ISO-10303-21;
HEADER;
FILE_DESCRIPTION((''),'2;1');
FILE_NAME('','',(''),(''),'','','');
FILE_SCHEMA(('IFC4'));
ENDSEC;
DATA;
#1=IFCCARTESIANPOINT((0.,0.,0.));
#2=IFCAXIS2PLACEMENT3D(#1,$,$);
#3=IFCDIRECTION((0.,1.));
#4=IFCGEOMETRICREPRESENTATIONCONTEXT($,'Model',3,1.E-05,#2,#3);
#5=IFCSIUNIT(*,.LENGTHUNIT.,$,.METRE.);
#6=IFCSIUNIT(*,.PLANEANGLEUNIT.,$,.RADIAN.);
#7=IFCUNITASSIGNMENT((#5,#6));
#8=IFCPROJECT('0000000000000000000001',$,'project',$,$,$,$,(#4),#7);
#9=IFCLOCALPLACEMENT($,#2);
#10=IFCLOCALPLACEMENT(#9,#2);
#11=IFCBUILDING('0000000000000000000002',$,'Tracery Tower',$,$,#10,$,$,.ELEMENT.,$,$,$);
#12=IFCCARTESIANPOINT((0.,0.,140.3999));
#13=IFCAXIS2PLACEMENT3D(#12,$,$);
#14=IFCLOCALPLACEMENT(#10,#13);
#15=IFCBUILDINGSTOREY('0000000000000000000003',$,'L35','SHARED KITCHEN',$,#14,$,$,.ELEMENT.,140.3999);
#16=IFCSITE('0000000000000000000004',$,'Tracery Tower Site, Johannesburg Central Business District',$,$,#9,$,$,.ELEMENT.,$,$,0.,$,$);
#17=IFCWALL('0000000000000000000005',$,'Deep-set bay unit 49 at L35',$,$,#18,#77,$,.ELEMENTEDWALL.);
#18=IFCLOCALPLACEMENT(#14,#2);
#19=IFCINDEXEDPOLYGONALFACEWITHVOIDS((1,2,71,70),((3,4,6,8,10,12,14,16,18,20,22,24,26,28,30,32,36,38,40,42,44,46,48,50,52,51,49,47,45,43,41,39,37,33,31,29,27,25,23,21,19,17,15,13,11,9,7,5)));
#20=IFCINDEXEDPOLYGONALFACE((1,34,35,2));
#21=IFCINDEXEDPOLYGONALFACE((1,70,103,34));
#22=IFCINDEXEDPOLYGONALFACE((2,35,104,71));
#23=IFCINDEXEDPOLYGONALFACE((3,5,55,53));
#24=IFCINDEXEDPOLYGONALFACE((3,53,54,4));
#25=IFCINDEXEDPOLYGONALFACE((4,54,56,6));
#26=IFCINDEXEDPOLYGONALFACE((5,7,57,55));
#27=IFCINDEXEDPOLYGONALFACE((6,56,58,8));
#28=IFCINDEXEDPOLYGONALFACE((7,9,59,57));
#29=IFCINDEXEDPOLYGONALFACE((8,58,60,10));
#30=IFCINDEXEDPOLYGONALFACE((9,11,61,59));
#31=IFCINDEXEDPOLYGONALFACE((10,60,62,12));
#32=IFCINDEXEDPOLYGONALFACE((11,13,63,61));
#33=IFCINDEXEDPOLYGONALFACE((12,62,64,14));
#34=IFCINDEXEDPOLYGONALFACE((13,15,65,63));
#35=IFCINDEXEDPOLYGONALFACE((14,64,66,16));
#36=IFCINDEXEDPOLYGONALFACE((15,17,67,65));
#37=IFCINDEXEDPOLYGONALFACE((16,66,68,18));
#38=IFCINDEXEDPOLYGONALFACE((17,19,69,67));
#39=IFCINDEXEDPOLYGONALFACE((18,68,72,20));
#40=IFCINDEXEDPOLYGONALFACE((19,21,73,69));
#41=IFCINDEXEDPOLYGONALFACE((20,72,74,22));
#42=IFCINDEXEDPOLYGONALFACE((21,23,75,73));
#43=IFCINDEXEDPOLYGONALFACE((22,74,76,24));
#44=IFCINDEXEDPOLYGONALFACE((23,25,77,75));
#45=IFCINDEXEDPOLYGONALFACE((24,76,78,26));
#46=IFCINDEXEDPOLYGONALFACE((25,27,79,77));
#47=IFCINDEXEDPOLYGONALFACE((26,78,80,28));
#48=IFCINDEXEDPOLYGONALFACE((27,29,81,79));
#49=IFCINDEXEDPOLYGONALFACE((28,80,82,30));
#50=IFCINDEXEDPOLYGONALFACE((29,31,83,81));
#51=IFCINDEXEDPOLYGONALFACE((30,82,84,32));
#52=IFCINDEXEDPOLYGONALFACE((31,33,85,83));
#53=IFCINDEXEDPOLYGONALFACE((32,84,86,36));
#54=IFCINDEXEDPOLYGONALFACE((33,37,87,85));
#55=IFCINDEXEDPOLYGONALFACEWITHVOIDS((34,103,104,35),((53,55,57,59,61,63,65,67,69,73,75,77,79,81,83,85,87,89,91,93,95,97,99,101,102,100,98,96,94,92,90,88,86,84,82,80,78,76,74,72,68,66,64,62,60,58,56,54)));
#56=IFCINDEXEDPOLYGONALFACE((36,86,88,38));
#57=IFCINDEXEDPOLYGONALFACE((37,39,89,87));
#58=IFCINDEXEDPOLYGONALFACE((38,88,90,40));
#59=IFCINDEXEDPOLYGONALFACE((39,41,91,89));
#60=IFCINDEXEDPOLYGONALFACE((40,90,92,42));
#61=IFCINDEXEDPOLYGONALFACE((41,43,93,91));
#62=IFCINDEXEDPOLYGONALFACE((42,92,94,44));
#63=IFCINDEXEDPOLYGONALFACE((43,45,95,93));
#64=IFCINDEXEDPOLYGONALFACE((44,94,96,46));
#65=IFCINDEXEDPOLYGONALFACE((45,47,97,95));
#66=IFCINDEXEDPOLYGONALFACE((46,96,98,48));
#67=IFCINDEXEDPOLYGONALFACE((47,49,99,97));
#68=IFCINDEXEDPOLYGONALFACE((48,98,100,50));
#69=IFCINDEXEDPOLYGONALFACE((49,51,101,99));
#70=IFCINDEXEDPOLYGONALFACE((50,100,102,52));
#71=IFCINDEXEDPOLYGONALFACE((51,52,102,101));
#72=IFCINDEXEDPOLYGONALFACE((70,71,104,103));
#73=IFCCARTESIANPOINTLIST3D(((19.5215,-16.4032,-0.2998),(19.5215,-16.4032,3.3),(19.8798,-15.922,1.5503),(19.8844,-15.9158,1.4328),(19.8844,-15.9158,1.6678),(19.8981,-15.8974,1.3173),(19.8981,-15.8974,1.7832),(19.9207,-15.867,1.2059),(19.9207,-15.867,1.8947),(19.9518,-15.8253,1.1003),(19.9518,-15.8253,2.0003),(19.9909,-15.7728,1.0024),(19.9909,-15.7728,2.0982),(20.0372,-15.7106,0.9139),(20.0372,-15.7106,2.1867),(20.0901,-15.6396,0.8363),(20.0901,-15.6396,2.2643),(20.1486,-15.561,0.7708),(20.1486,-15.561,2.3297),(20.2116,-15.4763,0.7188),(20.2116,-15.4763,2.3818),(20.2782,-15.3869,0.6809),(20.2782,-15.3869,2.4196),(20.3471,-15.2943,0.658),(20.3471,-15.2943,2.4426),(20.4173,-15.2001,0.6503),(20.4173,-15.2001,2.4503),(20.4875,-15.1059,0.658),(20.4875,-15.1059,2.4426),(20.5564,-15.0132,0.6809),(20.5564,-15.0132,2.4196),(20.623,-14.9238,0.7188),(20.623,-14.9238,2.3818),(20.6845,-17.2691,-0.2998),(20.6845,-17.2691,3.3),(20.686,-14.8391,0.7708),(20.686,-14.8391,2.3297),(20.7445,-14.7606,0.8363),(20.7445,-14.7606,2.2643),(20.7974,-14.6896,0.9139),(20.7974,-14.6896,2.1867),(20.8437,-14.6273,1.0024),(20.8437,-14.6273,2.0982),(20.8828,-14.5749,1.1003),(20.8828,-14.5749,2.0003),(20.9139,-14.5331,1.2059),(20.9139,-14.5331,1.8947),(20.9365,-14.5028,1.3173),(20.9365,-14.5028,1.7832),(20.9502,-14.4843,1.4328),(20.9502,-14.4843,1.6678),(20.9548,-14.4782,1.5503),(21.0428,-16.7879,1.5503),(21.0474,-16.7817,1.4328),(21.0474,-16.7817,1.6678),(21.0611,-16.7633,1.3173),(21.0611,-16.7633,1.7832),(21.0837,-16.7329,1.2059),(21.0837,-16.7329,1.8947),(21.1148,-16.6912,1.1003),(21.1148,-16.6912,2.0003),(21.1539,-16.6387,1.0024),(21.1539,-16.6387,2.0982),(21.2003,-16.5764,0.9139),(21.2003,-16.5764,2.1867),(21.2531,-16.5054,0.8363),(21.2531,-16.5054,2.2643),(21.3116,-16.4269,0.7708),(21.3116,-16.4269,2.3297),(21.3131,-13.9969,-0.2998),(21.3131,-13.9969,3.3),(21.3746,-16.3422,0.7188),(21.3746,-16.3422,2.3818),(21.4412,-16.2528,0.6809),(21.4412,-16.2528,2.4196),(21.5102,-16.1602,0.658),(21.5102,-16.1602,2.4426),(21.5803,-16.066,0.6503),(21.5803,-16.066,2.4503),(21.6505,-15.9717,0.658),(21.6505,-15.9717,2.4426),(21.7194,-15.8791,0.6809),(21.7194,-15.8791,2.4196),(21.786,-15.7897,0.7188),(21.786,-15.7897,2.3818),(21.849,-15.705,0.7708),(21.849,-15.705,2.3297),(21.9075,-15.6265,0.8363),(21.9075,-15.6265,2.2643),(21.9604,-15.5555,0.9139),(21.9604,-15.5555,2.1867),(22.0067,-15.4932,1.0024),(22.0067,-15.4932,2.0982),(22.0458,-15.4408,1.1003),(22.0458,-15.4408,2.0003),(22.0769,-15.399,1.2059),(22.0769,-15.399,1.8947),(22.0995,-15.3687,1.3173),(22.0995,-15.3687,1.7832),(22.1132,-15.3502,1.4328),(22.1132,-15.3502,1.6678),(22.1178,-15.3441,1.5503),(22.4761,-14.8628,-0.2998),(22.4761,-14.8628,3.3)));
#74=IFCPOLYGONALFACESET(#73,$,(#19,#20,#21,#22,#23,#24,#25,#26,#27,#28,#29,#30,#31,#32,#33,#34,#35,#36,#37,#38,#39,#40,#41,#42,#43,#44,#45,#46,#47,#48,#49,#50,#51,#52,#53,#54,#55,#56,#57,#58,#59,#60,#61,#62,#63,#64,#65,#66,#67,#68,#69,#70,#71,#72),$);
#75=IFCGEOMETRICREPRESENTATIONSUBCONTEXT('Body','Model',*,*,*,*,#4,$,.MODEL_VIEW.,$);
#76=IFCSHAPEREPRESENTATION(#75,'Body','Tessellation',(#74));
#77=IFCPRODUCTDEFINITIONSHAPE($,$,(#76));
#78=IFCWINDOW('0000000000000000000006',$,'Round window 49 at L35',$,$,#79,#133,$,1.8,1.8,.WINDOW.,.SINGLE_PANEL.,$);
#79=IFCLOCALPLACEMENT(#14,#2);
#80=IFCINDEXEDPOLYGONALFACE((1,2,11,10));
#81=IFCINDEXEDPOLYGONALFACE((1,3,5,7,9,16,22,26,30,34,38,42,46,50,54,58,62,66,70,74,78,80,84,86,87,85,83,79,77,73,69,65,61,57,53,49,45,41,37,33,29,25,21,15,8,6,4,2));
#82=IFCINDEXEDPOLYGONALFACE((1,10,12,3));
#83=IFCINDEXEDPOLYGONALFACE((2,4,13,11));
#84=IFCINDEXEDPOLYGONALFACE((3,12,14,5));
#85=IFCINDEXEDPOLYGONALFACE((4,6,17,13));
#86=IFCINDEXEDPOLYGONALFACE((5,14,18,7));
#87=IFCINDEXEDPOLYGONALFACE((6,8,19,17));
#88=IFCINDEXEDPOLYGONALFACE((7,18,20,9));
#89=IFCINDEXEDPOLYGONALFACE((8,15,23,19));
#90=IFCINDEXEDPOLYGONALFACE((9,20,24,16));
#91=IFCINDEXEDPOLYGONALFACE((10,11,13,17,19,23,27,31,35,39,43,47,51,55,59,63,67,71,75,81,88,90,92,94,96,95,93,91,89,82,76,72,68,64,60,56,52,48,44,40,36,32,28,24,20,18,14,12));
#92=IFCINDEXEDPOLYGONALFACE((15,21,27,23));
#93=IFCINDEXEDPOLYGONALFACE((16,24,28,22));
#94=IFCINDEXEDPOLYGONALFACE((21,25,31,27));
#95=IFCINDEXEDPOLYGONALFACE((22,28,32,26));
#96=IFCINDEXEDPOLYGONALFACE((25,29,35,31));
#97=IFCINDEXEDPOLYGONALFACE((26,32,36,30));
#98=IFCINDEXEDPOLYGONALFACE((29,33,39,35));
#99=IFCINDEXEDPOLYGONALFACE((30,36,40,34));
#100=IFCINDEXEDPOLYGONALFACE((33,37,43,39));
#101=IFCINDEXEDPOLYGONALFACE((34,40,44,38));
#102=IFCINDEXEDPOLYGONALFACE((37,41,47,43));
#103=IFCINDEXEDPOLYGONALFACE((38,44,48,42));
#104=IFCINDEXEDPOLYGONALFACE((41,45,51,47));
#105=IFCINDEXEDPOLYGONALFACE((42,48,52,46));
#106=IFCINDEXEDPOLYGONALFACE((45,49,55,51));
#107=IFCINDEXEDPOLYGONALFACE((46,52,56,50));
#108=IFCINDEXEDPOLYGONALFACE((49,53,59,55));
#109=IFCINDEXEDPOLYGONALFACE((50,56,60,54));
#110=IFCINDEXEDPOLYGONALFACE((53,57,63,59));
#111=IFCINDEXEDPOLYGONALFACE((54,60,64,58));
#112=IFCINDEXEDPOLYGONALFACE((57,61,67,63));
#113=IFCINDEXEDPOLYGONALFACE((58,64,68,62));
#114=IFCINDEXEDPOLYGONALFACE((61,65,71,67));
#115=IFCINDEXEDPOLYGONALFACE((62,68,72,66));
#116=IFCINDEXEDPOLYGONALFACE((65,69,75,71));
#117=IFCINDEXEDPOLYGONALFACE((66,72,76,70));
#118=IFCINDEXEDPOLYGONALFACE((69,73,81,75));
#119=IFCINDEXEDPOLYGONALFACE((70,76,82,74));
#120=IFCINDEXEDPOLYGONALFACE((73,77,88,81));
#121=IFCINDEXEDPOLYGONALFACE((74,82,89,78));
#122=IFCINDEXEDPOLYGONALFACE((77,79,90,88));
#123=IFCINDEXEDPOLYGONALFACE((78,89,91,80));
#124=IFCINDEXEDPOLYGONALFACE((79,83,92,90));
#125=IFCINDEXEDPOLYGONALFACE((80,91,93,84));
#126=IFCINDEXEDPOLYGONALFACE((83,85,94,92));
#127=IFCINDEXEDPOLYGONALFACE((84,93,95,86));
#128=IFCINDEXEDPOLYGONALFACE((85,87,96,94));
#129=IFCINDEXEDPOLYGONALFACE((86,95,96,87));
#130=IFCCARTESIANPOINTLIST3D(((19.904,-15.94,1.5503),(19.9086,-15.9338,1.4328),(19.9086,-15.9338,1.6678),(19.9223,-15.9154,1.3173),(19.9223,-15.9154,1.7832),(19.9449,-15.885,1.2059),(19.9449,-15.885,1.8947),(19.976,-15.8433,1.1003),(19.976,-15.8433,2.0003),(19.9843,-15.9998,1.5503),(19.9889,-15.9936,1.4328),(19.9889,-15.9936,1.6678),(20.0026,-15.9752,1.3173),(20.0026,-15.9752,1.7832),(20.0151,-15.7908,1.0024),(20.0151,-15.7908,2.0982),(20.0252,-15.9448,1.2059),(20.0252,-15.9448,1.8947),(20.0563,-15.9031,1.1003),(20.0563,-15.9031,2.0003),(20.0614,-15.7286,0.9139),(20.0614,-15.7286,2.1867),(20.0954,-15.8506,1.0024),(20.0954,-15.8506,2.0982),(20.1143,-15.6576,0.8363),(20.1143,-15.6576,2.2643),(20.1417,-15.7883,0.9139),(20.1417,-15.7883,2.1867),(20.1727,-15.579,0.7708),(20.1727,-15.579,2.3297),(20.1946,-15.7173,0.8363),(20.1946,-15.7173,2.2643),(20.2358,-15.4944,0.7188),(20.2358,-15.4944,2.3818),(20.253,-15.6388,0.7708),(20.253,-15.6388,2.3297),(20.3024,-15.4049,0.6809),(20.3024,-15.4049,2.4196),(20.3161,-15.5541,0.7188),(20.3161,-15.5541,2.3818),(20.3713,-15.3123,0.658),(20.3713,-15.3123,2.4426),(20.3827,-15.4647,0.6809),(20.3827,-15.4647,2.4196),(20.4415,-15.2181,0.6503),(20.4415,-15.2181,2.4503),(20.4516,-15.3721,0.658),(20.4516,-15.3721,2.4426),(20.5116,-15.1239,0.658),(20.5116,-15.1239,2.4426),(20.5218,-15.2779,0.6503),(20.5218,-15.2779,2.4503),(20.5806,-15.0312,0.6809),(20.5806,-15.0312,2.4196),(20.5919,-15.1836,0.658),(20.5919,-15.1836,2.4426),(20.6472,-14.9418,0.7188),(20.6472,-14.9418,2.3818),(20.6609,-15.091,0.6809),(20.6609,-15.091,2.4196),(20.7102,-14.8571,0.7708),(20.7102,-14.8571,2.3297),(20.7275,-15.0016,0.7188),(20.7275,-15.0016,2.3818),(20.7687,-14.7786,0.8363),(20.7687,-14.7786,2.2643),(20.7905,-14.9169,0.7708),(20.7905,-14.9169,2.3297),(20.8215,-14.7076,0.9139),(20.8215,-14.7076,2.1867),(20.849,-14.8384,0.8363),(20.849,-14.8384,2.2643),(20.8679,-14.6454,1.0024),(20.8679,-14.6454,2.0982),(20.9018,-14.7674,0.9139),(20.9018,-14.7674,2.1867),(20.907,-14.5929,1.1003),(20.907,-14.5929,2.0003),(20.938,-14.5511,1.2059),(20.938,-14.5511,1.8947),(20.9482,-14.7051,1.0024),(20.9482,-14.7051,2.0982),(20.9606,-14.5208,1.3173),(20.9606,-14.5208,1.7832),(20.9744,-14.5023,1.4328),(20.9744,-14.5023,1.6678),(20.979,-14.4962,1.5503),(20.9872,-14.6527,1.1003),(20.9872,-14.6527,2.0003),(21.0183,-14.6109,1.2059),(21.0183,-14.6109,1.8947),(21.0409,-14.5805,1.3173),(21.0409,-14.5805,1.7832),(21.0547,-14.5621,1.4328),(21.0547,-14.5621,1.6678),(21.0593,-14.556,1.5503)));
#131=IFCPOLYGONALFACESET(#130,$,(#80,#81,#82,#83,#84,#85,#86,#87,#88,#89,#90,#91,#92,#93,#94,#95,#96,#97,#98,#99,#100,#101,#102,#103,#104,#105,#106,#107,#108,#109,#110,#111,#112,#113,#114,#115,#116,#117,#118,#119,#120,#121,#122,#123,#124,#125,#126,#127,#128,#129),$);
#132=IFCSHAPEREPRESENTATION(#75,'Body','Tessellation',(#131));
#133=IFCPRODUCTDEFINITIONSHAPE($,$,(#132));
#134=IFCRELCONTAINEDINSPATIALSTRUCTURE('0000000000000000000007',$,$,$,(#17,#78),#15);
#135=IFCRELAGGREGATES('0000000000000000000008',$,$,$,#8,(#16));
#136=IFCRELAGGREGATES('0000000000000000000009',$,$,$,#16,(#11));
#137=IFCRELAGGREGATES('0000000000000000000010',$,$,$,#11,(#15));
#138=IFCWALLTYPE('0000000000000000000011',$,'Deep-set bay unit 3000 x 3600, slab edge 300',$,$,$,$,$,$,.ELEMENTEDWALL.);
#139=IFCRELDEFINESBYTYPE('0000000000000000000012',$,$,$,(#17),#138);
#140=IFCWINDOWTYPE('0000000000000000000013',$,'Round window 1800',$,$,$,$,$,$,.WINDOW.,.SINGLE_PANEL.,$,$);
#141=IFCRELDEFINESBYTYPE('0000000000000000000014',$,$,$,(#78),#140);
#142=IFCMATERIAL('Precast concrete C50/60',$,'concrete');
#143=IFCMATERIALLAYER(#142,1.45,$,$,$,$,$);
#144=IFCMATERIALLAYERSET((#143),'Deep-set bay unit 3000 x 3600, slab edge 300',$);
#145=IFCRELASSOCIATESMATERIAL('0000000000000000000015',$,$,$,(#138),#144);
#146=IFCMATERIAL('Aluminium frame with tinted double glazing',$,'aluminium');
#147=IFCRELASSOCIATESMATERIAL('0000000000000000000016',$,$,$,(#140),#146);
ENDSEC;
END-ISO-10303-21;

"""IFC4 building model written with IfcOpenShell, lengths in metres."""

from ifc_helpers import new_model, si_unit, direction, frame, frame_2d, origin, origin_2d, place, context, subcontext, project, spatial, rectangle, circle, extrude, material, layer, layer_set, type_object, element, fill, save


model = new_model("IFC4")

# Units and contexts
model_context = context("Model", 3, precision=1e-05, world=origin(), true_north=direction((0.0, 1.0)))
body_context = subcontext(model_context, "Body", "Model", "MODEL_VIEW")
ifc_project = project(units=[si_unit("LENGTHUNIT", "METRE"), si_unit("PLANEANGLEUNIT", "RADIAN")], contexts=[model_context])

# Site, building, storey
site_placement = place(None, origin())
site = spatial("IfcSite", under=ifc_project, at=site_placement, Name="Tracery Tower Site, Johannesburg Central Business District", CompositionType="ELEMENT", RefElevation=0.0)
building_placement = place(site_placement, origin())
building = spatial("IfcBuilding", under=site, at=building_placement, Name="Tracery Tower", CompositionType="ELEMENT")
storey_placement = place(building_placement, frame((0.0, 0.0, 140.3999)))
storey = spatial("IfcBuildingStorey", under=building, at=storey_placement, Name="L35", Description="SHARED KITCHEN", CompositionType="ELEMENT", Elevation=140.3999)

# Wall, opening, window
ifc_material_1 = material(Name="Precast concrete C50/60", Category="concrete")
ifc_layer_1 = layer(ifc_material_1, 1.45)
ifc_layer_set_1 = layer_set([ifc_layer_1], Name="Deep-set bay unit 3000 x 3600, slab edge 300")
wall_type_1 = type_object("IfcWallType", Name="Deep-set bay unit 3000 x 3600, slab edge 300", PredefinedType="ELEMENTEDWALL", material=ifc_layer_set_1)
ifc_material_2 = material(Name="Aluminium frame with tinted double glazing", Category="aluminium")
window_type = type_object("IfcWindowType", Name="Round window 1800", PartitioningType="SINGLE_PANEL", PredefinedType="WINDOW", material=ifc_material_2)
wall_1_placement = place(storey_placement, frame((20.103, -16.8362, -0.2998), z_axis=(0.0, 0.0, 1.0), x_axis=(0.597184, 0.802104, 0.0)))
wall_1 = element("IfcWall", 1, at=wall_1_placement, inside=storey, type_object=wall_type_1, Name="Deep-set bay unit 49 at L35", PredefinedType="ELEMENTEDWALL", context=body_context, shape_type="SweptSolid", body=[
    extrude(rectangle(XDim=3.0, YDim=1.45, at=frame_2d((1.5, 0.0))), origin(), (0.0, 0.0, 1.0), 3.5999),
])
opening_1_placement = place(wall_1_placement, frame((1.5, 0.0, 1.8501)))
opening_1 = element("IfcOpeningElement", 2, at=opening_1_placement, cuts=wall_1, PredefinedType="OPENING", context=body_context, shape_type="SweptSolid", body=[
    extrude(circle(Radius=0.9, at=origin_2d()), frame((0.0, 0.7349, 0.0), z_axis=(0.0, -1.0, 0.0), x_axis=(1.0, 0.0, 0.0)), (0.0, 0.0, 1.0), 1.47),
])
window_1_placement = place(opening_1_placement, origin())
window_1 = element("IfcWindow", 3, at=window_1_placement, inside=storey, type_object=window_type, Name="Round window 49 at L35", OverallHeight=1.8, OverallWidth=1.8, PartitioningType="SINGLE_PANEL", PredefinedType="WINDOW", context=body_context, shape_type="SweptSolid", body=[
    extrude(circle(Radius=0.9, at=origin_2d()), frame((0.0, 0.6948, 0.0), z_axis=(0.0, -1.0, 0.0), x_axis=(1.0, 0.0, 0.0)), (0.0, 0.0, 1.0), 0.1001),
])
fill(opening_1, window_1)

save(model, "model.ifc")
